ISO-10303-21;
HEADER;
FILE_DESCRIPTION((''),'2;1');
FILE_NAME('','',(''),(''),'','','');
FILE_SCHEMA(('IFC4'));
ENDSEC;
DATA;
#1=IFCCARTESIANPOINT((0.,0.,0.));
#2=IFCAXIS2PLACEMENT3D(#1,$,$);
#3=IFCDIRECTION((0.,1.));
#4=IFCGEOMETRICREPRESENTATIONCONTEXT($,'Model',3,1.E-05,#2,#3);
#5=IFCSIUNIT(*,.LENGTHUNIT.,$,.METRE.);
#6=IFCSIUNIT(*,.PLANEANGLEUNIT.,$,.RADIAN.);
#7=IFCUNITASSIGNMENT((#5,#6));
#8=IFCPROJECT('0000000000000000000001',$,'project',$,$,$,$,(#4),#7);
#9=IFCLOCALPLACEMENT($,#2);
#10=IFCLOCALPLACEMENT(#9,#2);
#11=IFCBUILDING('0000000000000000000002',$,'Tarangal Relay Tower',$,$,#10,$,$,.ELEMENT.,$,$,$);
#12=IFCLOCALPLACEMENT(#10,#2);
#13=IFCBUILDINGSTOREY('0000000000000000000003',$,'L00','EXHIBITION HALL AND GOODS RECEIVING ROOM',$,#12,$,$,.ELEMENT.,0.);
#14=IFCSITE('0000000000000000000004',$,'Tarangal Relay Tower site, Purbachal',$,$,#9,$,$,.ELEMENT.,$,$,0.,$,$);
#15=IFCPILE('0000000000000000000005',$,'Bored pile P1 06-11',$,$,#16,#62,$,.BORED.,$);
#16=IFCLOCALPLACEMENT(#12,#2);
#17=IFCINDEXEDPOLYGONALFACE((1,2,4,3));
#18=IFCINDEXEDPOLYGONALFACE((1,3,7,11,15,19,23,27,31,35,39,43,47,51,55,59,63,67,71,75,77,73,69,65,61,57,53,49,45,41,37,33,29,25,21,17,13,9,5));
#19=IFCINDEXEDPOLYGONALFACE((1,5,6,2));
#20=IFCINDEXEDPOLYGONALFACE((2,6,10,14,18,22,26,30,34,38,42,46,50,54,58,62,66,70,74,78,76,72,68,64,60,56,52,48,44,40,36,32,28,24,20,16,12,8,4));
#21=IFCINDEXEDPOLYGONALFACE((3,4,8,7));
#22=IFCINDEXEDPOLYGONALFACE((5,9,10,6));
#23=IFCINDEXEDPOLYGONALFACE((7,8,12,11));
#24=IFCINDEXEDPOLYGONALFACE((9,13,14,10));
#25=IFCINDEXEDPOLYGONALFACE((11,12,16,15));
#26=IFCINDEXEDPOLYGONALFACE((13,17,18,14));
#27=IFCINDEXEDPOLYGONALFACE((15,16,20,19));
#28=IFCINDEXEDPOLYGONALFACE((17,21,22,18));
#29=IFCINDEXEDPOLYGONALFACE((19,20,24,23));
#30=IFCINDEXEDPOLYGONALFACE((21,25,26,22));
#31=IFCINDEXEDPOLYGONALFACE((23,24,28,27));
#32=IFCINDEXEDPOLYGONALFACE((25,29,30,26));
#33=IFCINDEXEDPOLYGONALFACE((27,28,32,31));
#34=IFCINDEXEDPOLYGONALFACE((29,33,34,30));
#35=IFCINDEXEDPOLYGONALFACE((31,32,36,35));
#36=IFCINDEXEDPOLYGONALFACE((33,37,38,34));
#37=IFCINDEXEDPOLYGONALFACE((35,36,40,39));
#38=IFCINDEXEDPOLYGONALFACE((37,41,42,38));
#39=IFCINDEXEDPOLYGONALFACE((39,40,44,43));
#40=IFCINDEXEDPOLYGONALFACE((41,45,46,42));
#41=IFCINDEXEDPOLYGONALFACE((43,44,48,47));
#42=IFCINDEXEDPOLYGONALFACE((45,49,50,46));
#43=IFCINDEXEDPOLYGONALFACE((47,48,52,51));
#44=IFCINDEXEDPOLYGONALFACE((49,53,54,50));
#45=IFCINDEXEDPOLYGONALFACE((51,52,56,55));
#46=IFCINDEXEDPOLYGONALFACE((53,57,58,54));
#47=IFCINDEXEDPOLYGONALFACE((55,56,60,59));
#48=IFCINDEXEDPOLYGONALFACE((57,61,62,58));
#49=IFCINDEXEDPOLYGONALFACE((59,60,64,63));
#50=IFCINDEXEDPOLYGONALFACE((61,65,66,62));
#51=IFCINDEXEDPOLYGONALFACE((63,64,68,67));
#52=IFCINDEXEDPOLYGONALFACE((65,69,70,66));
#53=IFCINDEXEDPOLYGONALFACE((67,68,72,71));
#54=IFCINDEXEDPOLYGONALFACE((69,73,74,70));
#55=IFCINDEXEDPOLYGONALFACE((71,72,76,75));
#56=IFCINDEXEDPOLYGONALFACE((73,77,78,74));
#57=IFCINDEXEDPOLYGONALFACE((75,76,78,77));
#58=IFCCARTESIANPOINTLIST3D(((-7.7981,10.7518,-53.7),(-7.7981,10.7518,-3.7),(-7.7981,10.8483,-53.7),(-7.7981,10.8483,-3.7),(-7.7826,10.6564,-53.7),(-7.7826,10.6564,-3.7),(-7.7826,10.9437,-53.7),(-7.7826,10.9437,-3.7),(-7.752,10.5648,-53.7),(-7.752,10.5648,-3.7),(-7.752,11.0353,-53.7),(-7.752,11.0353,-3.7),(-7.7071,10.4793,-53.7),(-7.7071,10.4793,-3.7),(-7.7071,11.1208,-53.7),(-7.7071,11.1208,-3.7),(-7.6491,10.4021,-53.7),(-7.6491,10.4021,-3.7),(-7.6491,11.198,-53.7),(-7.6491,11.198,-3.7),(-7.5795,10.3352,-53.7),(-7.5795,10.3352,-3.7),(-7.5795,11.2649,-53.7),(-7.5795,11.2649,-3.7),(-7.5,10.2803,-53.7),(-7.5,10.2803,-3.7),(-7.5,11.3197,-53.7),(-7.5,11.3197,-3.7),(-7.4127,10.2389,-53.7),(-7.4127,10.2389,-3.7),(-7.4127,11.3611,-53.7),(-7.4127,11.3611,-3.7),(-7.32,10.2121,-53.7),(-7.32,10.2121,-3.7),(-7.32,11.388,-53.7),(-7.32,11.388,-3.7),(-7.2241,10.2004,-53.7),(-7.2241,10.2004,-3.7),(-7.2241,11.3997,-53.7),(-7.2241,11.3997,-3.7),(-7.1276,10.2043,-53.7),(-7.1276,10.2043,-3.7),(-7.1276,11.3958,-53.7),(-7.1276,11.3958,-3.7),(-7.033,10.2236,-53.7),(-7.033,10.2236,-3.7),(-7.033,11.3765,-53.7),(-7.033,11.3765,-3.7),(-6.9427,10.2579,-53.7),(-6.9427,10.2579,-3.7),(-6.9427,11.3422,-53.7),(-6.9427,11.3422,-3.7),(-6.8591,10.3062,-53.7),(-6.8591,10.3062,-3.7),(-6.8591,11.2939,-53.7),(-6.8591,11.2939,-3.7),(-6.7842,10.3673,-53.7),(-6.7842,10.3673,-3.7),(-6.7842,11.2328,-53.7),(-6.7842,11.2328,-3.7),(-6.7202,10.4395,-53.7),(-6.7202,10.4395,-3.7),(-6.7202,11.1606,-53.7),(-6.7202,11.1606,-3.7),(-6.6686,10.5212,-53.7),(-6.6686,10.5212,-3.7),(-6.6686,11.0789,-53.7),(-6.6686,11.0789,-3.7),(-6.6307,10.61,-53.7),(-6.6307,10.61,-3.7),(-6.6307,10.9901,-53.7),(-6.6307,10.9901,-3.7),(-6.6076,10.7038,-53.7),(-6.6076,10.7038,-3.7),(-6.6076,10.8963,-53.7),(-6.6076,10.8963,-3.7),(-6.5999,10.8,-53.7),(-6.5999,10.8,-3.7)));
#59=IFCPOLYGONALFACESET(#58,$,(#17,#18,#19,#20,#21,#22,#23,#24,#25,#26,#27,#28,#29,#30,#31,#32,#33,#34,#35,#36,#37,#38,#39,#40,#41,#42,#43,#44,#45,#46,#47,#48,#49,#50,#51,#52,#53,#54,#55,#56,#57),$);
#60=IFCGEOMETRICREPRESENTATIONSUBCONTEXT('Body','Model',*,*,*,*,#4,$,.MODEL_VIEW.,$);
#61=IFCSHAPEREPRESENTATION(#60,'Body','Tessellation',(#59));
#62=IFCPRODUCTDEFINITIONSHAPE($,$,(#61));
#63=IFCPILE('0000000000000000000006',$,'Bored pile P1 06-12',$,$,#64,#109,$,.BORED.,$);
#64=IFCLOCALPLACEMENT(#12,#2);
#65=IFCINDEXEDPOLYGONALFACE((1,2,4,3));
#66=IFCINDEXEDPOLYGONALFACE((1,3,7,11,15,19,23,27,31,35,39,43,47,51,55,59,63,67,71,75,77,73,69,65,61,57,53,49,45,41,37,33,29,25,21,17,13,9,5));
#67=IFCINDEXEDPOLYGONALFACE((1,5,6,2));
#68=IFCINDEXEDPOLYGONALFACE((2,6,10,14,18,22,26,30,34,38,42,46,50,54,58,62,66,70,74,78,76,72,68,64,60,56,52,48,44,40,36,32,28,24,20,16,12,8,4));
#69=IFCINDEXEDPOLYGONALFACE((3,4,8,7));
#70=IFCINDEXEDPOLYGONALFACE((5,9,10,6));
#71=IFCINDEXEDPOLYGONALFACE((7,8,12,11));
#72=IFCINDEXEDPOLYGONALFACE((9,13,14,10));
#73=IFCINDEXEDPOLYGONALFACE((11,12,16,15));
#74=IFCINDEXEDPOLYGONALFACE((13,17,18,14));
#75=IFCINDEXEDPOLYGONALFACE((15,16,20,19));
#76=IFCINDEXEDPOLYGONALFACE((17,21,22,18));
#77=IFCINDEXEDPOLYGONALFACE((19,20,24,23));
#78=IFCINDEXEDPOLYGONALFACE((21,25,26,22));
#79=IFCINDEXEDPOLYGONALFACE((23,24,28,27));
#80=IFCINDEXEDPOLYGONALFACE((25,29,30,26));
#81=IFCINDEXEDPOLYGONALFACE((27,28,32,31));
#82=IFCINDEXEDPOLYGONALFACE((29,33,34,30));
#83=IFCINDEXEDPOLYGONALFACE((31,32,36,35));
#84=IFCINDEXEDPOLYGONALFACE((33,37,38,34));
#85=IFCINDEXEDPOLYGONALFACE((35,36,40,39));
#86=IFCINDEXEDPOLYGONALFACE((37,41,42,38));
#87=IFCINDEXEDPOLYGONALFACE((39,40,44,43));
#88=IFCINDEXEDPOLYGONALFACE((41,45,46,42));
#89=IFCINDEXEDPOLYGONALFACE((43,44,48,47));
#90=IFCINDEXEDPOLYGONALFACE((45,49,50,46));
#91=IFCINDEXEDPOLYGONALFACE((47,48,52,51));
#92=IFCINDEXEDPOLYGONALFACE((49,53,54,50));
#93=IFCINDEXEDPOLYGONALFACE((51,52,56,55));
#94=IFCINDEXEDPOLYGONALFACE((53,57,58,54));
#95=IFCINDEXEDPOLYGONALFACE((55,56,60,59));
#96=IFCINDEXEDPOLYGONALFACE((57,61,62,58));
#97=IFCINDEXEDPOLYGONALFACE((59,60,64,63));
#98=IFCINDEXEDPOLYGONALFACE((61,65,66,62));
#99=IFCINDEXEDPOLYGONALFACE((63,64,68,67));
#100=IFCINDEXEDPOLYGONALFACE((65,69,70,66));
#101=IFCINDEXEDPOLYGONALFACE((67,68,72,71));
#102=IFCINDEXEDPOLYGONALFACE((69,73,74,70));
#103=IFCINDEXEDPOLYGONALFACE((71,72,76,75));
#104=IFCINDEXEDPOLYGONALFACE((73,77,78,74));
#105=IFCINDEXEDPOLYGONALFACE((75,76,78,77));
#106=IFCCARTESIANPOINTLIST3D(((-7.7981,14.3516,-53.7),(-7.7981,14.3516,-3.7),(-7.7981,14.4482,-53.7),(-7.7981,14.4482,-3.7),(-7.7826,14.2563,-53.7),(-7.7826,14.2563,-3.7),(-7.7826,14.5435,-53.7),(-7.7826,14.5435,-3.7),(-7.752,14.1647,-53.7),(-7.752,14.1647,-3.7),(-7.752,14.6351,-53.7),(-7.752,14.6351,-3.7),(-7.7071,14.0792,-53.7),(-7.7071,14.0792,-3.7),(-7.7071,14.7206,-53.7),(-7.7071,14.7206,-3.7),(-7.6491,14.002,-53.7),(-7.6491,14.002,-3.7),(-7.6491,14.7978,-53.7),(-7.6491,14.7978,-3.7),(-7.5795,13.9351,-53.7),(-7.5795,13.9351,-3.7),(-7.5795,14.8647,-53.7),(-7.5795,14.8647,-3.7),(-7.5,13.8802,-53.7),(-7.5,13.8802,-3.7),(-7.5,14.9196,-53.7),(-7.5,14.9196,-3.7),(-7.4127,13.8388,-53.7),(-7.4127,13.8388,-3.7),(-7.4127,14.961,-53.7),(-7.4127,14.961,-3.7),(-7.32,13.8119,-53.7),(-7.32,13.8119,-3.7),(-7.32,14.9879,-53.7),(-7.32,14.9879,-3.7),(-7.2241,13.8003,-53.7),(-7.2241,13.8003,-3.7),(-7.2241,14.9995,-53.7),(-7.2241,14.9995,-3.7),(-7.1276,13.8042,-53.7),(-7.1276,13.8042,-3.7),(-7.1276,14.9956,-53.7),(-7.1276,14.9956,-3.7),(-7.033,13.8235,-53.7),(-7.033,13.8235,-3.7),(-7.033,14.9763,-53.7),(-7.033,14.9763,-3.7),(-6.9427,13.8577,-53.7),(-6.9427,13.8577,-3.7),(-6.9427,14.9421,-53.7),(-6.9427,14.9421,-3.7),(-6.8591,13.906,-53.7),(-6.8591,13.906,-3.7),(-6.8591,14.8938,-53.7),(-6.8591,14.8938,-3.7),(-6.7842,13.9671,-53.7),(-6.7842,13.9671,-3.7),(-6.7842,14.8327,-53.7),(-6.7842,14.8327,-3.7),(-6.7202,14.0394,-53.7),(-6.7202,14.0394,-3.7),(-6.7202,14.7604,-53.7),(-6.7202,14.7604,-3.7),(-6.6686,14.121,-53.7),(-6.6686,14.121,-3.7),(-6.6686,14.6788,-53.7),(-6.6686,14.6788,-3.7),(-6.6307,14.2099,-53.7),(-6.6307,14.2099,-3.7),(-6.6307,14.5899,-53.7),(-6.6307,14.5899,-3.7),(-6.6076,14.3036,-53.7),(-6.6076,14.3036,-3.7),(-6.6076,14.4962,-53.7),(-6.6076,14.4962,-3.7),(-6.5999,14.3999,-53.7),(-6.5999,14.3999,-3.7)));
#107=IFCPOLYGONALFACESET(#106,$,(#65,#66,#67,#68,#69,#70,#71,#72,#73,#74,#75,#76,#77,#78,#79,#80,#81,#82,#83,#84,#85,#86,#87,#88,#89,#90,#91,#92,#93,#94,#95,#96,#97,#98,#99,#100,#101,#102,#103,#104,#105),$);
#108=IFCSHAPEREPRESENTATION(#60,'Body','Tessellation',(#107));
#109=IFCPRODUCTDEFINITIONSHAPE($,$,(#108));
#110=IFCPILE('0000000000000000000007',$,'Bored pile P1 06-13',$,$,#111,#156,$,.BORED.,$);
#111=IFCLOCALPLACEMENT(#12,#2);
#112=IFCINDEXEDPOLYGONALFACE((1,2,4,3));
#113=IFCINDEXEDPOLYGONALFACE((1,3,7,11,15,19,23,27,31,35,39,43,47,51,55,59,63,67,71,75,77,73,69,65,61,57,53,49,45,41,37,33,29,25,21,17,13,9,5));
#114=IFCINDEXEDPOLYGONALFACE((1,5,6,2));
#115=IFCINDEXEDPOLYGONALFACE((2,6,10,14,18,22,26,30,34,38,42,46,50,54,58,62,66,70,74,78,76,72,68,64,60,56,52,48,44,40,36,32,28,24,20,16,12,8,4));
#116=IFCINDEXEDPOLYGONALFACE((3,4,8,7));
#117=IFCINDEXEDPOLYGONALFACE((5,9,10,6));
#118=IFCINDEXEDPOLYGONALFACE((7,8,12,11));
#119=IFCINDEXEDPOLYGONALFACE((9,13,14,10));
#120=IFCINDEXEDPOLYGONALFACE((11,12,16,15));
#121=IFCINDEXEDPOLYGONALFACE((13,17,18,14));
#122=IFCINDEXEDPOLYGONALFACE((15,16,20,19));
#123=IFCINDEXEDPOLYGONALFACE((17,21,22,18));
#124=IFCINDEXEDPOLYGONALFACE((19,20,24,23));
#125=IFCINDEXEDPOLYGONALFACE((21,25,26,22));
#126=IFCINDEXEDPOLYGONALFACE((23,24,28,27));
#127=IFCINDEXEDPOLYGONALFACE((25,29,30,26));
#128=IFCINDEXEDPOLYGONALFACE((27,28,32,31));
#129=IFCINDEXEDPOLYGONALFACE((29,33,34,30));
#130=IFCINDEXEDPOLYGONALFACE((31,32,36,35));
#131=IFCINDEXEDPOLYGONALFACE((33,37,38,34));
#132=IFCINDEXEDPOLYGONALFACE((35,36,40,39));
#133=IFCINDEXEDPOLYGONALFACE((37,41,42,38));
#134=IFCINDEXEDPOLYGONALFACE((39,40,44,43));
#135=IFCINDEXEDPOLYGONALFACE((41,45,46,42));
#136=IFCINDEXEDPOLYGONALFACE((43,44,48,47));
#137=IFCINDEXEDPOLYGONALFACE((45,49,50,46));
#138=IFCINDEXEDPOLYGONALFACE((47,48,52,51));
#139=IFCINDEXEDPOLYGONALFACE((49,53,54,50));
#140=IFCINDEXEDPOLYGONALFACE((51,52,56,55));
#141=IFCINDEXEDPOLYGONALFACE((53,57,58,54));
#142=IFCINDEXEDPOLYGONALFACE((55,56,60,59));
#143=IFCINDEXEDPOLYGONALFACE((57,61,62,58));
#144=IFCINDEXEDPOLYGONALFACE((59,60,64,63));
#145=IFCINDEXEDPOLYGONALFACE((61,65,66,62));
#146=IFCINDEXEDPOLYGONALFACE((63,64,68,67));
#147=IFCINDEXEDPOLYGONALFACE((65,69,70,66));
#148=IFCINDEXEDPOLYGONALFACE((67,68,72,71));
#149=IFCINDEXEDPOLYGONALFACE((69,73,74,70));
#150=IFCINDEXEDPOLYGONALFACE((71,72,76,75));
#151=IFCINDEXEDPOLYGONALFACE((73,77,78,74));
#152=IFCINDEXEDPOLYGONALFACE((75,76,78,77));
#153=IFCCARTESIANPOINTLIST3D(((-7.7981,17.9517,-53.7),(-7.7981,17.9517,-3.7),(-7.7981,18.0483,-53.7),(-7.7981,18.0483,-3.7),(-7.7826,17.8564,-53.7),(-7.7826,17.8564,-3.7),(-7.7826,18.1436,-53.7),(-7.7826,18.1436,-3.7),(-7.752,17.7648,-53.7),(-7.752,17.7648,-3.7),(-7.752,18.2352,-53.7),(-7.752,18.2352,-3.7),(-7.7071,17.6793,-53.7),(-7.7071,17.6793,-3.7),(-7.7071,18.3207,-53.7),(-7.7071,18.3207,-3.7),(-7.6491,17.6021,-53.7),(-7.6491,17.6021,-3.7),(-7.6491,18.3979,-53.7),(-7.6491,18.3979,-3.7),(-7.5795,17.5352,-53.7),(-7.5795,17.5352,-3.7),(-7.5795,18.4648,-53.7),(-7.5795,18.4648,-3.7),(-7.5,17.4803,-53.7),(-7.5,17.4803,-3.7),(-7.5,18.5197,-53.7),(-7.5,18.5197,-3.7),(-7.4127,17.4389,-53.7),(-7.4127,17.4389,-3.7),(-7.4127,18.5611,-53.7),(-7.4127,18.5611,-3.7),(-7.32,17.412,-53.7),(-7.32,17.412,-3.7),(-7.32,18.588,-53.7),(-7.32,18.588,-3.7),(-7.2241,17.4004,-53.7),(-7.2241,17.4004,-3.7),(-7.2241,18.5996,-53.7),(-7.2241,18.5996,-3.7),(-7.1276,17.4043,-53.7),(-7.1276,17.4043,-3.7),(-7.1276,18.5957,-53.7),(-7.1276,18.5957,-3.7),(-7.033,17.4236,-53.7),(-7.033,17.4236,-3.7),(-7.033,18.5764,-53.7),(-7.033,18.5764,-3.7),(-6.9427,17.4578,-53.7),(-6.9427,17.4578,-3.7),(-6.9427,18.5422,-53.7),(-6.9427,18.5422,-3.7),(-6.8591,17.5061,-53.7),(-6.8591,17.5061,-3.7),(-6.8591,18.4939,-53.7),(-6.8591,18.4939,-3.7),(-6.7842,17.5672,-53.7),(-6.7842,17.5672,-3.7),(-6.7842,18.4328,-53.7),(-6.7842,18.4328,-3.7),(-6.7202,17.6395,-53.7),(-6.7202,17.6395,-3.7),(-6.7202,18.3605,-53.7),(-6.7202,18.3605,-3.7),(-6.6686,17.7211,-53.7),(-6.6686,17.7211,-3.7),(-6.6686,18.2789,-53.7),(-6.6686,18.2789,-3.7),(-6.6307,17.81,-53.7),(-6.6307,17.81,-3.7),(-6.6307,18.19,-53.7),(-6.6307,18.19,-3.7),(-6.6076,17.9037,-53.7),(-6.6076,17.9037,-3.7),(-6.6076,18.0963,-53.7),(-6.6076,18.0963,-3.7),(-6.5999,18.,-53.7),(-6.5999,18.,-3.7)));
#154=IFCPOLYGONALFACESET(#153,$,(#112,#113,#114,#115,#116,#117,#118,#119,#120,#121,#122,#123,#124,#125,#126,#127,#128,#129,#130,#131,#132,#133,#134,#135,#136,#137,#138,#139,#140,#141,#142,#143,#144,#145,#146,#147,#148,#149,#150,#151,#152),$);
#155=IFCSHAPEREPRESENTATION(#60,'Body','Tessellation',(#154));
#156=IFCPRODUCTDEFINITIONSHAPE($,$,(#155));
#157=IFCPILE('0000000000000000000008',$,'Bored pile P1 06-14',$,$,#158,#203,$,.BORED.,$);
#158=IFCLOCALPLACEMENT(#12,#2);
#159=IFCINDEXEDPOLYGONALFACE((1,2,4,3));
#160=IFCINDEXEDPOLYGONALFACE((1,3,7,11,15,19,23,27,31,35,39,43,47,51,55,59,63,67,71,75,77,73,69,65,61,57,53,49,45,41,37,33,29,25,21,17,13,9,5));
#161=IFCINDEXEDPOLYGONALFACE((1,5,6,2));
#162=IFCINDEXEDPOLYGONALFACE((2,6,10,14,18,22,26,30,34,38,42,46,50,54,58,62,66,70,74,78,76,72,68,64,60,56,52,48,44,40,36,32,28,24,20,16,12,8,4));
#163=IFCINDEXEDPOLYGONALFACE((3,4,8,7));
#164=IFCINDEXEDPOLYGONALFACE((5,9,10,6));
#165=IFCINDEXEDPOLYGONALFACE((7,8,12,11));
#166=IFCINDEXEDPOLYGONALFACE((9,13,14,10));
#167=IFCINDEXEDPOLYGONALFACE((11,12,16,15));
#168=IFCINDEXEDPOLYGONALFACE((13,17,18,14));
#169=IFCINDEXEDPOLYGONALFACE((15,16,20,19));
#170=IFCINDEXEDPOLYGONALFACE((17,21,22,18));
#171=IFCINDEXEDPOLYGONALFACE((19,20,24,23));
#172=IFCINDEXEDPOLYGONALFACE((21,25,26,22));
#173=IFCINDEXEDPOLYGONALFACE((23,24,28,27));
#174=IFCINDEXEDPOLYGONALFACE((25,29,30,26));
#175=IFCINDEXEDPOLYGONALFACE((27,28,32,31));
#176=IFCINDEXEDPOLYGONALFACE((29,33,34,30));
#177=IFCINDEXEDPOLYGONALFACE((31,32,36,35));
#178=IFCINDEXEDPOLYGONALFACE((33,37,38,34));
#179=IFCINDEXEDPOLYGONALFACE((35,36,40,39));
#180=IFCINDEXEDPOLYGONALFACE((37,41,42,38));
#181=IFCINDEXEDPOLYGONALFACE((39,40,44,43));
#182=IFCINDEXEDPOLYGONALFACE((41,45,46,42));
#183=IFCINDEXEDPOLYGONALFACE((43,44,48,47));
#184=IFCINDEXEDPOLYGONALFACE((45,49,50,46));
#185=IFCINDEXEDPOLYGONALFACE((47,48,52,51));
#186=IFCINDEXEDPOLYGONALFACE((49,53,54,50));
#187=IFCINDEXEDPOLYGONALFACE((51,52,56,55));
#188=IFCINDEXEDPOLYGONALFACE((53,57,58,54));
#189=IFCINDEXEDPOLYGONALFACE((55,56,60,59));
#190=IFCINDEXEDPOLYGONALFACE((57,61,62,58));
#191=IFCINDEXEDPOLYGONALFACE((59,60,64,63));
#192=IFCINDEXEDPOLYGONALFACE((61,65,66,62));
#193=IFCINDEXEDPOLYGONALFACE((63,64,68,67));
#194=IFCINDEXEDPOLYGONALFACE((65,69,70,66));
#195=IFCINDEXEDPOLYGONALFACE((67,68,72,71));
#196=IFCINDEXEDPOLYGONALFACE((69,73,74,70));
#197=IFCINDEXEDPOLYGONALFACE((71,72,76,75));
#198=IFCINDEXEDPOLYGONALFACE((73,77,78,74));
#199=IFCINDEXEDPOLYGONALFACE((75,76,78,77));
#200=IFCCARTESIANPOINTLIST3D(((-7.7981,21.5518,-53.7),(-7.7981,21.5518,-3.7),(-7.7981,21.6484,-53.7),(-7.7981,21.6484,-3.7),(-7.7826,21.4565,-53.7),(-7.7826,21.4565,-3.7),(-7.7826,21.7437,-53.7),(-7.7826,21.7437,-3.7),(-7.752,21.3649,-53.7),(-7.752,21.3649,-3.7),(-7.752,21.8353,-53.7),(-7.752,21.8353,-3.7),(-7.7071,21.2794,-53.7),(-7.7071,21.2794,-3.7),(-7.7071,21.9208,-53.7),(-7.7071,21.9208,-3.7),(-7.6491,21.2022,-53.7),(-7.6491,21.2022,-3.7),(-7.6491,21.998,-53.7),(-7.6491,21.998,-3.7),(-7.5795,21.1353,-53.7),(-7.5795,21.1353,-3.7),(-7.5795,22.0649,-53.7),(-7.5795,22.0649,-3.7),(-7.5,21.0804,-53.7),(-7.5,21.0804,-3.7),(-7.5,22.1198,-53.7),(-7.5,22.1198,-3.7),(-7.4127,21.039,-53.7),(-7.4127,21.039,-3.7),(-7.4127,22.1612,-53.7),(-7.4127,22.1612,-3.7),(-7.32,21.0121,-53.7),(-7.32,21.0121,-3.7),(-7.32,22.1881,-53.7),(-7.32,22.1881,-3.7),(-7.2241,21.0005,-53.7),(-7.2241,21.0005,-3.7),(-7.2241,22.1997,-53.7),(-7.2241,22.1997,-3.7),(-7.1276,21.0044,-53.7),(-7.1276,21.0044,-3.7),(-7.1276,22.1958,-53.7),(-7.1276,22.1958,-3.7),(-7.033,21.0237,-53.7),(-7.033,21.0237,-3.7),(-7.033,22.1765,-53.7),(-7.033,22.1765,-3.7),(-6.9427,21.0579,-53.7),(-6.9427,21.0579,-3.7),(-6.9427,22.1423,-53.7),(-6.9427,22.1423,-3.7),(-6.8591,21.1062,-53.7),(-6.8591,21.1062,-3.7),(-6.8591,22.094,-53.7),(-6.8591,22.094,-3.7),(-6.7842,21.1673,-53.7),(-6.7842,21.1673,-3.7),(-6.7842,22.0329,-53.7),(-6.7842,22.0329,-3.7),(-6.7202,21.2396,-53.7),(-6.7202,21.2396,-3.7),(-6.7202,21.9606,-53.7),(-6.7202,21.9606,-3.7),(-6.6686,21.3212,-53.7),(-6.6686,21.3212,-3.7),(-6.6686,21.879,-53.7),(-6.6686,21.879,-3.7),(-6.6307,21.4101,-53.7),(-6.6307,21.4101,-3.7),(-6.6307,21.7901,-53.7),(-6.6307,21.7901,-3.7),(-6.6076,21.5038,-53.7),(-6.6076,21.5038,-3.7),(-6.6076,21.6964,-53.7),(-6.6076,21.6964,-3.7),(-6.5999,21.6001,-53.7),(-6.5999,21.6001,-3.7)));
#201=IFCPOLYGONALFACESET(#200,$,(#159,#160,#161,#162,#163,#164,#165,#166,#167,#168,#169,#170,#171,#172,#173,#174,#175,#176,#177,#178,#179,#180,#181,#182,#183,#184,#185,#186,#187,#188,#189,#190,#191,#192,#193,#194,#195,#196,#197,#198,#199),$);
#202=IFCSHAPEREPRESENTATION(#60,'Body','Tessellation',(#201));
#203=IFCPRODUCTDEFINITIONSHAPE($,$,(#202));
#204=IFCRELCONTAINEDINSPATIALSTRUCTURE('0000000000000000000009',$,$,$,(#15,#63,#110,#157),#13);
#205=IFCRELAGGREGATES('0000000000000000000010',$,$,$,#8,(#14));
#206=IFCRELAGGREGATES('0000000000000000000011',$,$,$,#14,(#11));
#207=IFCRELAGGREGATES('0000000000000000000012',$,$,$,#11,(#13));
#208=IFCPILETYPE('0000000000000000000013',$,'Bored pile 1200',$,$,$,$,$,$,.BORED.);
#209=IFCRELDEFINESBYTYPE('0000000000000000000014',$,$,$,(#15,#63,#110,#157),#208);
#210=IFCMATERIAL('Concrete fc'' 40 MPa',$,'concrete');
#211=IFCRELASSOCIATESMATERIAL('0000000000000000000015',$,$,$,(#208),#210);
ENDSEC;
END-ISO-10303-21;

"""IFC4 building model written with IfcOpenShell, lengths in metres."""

from ifc_helpers import new_model, si_unit, direction, frame, origin, origin_2d, place, context, subcontext, project, spatial, circle, extrude, material, material_profile, profile_set, type_object, element, save


model = new_model("IFC4")

# Units and contexts
model_context = context("Model", 3, precision=1e-05, world=origin(), true_north=direction((0.0, 1.0)))
body_context = subcontext(model_context, "Body", "Model", "MODEL_VIEW")
ifc_project = project(units=[si_unit("LENGTHUNIT", "METRE"), si_unit("PLANEANGLEUNIT", "RADIAN")], contexts=[model_context])

# Site, building, storey
site_placement = place(None, origin())
site = spatial("IfcSite", under=ifc_project, at=site_placement, Name="Tarangal Relay Tower site, Purbachal", CompositionType="ELEMENT", RefElevation=0.0)
building_placement = place(site_placement, origin())
building = spatial("IfcBuilding", under=site, at=building_placement, Name="Tarangal Relay Tower", CompositionType="ELEMENT")
storey_placement = place(building_placement, origin())
storey = spatial("IfcBuildingStorey", under=building, at=storey_placement, Name="L00", Description="EXHIBITION HALL AND GOODS RECEIVING ROOM", CompositionType="ELEMENT", Elevation=0.0)

# Piles
ifc_material_1 = material(Name="Concrete fc' 40 MPa", Category="concrete")
ifc_material_profile_1 = material_profile(ifc_material_1, circle(Radius=0.6001, at=origin_2d()), Name="D1200")
ifc_profile_set_1 = profile_set([ifc_material_profile_1], Name="Concrete fc' 40 MPa")
pile_type = type_object("IfcPileType", Name="Bored pile 1200", PredefinedType="BORED", material=ifc_profile_set_1)
for number, where, z_axis, x_axis, name in (
    (1, (-7.2, 10.8, -3.7), (0.0, 0.0, -1.0), (1.0, 0.0, 0.0), "Bored pile P1 06-11"),
    (2, (-7.2, 14.3999, -3.7), (0.0, 0.0, -1.0), (1.0, 0.0, 0.0), "Bored pile P1 06-12"),
    (3, (-7.2, 18.0, -3.7), (0.0, 0.0, -1.0), (1.0, 0.0, 0.0), "Bored pile P1 06-13"),
    (4, (-7.2, 21.6001, -3.7), (0.0, 0.0, -1.0), (1.0, 0.0, 0.0), "Bored pile P1 06-14"),
):
    element("IfcPile", number, at=place(storey_placement, frame(where, z_axis=z_axis, x_axis=x_axis)), inside=storey, type_object=pile_type, Name=name, PredefinedType="BORED", context=body_context, shape_type="SweptSolid", body=[
        extrude(circle(Radius=0.6001, at=origin_2d()), origin(), (0.0, 0.0, 1.0), 50.0),
    ])

save(model, "model.ifc")
